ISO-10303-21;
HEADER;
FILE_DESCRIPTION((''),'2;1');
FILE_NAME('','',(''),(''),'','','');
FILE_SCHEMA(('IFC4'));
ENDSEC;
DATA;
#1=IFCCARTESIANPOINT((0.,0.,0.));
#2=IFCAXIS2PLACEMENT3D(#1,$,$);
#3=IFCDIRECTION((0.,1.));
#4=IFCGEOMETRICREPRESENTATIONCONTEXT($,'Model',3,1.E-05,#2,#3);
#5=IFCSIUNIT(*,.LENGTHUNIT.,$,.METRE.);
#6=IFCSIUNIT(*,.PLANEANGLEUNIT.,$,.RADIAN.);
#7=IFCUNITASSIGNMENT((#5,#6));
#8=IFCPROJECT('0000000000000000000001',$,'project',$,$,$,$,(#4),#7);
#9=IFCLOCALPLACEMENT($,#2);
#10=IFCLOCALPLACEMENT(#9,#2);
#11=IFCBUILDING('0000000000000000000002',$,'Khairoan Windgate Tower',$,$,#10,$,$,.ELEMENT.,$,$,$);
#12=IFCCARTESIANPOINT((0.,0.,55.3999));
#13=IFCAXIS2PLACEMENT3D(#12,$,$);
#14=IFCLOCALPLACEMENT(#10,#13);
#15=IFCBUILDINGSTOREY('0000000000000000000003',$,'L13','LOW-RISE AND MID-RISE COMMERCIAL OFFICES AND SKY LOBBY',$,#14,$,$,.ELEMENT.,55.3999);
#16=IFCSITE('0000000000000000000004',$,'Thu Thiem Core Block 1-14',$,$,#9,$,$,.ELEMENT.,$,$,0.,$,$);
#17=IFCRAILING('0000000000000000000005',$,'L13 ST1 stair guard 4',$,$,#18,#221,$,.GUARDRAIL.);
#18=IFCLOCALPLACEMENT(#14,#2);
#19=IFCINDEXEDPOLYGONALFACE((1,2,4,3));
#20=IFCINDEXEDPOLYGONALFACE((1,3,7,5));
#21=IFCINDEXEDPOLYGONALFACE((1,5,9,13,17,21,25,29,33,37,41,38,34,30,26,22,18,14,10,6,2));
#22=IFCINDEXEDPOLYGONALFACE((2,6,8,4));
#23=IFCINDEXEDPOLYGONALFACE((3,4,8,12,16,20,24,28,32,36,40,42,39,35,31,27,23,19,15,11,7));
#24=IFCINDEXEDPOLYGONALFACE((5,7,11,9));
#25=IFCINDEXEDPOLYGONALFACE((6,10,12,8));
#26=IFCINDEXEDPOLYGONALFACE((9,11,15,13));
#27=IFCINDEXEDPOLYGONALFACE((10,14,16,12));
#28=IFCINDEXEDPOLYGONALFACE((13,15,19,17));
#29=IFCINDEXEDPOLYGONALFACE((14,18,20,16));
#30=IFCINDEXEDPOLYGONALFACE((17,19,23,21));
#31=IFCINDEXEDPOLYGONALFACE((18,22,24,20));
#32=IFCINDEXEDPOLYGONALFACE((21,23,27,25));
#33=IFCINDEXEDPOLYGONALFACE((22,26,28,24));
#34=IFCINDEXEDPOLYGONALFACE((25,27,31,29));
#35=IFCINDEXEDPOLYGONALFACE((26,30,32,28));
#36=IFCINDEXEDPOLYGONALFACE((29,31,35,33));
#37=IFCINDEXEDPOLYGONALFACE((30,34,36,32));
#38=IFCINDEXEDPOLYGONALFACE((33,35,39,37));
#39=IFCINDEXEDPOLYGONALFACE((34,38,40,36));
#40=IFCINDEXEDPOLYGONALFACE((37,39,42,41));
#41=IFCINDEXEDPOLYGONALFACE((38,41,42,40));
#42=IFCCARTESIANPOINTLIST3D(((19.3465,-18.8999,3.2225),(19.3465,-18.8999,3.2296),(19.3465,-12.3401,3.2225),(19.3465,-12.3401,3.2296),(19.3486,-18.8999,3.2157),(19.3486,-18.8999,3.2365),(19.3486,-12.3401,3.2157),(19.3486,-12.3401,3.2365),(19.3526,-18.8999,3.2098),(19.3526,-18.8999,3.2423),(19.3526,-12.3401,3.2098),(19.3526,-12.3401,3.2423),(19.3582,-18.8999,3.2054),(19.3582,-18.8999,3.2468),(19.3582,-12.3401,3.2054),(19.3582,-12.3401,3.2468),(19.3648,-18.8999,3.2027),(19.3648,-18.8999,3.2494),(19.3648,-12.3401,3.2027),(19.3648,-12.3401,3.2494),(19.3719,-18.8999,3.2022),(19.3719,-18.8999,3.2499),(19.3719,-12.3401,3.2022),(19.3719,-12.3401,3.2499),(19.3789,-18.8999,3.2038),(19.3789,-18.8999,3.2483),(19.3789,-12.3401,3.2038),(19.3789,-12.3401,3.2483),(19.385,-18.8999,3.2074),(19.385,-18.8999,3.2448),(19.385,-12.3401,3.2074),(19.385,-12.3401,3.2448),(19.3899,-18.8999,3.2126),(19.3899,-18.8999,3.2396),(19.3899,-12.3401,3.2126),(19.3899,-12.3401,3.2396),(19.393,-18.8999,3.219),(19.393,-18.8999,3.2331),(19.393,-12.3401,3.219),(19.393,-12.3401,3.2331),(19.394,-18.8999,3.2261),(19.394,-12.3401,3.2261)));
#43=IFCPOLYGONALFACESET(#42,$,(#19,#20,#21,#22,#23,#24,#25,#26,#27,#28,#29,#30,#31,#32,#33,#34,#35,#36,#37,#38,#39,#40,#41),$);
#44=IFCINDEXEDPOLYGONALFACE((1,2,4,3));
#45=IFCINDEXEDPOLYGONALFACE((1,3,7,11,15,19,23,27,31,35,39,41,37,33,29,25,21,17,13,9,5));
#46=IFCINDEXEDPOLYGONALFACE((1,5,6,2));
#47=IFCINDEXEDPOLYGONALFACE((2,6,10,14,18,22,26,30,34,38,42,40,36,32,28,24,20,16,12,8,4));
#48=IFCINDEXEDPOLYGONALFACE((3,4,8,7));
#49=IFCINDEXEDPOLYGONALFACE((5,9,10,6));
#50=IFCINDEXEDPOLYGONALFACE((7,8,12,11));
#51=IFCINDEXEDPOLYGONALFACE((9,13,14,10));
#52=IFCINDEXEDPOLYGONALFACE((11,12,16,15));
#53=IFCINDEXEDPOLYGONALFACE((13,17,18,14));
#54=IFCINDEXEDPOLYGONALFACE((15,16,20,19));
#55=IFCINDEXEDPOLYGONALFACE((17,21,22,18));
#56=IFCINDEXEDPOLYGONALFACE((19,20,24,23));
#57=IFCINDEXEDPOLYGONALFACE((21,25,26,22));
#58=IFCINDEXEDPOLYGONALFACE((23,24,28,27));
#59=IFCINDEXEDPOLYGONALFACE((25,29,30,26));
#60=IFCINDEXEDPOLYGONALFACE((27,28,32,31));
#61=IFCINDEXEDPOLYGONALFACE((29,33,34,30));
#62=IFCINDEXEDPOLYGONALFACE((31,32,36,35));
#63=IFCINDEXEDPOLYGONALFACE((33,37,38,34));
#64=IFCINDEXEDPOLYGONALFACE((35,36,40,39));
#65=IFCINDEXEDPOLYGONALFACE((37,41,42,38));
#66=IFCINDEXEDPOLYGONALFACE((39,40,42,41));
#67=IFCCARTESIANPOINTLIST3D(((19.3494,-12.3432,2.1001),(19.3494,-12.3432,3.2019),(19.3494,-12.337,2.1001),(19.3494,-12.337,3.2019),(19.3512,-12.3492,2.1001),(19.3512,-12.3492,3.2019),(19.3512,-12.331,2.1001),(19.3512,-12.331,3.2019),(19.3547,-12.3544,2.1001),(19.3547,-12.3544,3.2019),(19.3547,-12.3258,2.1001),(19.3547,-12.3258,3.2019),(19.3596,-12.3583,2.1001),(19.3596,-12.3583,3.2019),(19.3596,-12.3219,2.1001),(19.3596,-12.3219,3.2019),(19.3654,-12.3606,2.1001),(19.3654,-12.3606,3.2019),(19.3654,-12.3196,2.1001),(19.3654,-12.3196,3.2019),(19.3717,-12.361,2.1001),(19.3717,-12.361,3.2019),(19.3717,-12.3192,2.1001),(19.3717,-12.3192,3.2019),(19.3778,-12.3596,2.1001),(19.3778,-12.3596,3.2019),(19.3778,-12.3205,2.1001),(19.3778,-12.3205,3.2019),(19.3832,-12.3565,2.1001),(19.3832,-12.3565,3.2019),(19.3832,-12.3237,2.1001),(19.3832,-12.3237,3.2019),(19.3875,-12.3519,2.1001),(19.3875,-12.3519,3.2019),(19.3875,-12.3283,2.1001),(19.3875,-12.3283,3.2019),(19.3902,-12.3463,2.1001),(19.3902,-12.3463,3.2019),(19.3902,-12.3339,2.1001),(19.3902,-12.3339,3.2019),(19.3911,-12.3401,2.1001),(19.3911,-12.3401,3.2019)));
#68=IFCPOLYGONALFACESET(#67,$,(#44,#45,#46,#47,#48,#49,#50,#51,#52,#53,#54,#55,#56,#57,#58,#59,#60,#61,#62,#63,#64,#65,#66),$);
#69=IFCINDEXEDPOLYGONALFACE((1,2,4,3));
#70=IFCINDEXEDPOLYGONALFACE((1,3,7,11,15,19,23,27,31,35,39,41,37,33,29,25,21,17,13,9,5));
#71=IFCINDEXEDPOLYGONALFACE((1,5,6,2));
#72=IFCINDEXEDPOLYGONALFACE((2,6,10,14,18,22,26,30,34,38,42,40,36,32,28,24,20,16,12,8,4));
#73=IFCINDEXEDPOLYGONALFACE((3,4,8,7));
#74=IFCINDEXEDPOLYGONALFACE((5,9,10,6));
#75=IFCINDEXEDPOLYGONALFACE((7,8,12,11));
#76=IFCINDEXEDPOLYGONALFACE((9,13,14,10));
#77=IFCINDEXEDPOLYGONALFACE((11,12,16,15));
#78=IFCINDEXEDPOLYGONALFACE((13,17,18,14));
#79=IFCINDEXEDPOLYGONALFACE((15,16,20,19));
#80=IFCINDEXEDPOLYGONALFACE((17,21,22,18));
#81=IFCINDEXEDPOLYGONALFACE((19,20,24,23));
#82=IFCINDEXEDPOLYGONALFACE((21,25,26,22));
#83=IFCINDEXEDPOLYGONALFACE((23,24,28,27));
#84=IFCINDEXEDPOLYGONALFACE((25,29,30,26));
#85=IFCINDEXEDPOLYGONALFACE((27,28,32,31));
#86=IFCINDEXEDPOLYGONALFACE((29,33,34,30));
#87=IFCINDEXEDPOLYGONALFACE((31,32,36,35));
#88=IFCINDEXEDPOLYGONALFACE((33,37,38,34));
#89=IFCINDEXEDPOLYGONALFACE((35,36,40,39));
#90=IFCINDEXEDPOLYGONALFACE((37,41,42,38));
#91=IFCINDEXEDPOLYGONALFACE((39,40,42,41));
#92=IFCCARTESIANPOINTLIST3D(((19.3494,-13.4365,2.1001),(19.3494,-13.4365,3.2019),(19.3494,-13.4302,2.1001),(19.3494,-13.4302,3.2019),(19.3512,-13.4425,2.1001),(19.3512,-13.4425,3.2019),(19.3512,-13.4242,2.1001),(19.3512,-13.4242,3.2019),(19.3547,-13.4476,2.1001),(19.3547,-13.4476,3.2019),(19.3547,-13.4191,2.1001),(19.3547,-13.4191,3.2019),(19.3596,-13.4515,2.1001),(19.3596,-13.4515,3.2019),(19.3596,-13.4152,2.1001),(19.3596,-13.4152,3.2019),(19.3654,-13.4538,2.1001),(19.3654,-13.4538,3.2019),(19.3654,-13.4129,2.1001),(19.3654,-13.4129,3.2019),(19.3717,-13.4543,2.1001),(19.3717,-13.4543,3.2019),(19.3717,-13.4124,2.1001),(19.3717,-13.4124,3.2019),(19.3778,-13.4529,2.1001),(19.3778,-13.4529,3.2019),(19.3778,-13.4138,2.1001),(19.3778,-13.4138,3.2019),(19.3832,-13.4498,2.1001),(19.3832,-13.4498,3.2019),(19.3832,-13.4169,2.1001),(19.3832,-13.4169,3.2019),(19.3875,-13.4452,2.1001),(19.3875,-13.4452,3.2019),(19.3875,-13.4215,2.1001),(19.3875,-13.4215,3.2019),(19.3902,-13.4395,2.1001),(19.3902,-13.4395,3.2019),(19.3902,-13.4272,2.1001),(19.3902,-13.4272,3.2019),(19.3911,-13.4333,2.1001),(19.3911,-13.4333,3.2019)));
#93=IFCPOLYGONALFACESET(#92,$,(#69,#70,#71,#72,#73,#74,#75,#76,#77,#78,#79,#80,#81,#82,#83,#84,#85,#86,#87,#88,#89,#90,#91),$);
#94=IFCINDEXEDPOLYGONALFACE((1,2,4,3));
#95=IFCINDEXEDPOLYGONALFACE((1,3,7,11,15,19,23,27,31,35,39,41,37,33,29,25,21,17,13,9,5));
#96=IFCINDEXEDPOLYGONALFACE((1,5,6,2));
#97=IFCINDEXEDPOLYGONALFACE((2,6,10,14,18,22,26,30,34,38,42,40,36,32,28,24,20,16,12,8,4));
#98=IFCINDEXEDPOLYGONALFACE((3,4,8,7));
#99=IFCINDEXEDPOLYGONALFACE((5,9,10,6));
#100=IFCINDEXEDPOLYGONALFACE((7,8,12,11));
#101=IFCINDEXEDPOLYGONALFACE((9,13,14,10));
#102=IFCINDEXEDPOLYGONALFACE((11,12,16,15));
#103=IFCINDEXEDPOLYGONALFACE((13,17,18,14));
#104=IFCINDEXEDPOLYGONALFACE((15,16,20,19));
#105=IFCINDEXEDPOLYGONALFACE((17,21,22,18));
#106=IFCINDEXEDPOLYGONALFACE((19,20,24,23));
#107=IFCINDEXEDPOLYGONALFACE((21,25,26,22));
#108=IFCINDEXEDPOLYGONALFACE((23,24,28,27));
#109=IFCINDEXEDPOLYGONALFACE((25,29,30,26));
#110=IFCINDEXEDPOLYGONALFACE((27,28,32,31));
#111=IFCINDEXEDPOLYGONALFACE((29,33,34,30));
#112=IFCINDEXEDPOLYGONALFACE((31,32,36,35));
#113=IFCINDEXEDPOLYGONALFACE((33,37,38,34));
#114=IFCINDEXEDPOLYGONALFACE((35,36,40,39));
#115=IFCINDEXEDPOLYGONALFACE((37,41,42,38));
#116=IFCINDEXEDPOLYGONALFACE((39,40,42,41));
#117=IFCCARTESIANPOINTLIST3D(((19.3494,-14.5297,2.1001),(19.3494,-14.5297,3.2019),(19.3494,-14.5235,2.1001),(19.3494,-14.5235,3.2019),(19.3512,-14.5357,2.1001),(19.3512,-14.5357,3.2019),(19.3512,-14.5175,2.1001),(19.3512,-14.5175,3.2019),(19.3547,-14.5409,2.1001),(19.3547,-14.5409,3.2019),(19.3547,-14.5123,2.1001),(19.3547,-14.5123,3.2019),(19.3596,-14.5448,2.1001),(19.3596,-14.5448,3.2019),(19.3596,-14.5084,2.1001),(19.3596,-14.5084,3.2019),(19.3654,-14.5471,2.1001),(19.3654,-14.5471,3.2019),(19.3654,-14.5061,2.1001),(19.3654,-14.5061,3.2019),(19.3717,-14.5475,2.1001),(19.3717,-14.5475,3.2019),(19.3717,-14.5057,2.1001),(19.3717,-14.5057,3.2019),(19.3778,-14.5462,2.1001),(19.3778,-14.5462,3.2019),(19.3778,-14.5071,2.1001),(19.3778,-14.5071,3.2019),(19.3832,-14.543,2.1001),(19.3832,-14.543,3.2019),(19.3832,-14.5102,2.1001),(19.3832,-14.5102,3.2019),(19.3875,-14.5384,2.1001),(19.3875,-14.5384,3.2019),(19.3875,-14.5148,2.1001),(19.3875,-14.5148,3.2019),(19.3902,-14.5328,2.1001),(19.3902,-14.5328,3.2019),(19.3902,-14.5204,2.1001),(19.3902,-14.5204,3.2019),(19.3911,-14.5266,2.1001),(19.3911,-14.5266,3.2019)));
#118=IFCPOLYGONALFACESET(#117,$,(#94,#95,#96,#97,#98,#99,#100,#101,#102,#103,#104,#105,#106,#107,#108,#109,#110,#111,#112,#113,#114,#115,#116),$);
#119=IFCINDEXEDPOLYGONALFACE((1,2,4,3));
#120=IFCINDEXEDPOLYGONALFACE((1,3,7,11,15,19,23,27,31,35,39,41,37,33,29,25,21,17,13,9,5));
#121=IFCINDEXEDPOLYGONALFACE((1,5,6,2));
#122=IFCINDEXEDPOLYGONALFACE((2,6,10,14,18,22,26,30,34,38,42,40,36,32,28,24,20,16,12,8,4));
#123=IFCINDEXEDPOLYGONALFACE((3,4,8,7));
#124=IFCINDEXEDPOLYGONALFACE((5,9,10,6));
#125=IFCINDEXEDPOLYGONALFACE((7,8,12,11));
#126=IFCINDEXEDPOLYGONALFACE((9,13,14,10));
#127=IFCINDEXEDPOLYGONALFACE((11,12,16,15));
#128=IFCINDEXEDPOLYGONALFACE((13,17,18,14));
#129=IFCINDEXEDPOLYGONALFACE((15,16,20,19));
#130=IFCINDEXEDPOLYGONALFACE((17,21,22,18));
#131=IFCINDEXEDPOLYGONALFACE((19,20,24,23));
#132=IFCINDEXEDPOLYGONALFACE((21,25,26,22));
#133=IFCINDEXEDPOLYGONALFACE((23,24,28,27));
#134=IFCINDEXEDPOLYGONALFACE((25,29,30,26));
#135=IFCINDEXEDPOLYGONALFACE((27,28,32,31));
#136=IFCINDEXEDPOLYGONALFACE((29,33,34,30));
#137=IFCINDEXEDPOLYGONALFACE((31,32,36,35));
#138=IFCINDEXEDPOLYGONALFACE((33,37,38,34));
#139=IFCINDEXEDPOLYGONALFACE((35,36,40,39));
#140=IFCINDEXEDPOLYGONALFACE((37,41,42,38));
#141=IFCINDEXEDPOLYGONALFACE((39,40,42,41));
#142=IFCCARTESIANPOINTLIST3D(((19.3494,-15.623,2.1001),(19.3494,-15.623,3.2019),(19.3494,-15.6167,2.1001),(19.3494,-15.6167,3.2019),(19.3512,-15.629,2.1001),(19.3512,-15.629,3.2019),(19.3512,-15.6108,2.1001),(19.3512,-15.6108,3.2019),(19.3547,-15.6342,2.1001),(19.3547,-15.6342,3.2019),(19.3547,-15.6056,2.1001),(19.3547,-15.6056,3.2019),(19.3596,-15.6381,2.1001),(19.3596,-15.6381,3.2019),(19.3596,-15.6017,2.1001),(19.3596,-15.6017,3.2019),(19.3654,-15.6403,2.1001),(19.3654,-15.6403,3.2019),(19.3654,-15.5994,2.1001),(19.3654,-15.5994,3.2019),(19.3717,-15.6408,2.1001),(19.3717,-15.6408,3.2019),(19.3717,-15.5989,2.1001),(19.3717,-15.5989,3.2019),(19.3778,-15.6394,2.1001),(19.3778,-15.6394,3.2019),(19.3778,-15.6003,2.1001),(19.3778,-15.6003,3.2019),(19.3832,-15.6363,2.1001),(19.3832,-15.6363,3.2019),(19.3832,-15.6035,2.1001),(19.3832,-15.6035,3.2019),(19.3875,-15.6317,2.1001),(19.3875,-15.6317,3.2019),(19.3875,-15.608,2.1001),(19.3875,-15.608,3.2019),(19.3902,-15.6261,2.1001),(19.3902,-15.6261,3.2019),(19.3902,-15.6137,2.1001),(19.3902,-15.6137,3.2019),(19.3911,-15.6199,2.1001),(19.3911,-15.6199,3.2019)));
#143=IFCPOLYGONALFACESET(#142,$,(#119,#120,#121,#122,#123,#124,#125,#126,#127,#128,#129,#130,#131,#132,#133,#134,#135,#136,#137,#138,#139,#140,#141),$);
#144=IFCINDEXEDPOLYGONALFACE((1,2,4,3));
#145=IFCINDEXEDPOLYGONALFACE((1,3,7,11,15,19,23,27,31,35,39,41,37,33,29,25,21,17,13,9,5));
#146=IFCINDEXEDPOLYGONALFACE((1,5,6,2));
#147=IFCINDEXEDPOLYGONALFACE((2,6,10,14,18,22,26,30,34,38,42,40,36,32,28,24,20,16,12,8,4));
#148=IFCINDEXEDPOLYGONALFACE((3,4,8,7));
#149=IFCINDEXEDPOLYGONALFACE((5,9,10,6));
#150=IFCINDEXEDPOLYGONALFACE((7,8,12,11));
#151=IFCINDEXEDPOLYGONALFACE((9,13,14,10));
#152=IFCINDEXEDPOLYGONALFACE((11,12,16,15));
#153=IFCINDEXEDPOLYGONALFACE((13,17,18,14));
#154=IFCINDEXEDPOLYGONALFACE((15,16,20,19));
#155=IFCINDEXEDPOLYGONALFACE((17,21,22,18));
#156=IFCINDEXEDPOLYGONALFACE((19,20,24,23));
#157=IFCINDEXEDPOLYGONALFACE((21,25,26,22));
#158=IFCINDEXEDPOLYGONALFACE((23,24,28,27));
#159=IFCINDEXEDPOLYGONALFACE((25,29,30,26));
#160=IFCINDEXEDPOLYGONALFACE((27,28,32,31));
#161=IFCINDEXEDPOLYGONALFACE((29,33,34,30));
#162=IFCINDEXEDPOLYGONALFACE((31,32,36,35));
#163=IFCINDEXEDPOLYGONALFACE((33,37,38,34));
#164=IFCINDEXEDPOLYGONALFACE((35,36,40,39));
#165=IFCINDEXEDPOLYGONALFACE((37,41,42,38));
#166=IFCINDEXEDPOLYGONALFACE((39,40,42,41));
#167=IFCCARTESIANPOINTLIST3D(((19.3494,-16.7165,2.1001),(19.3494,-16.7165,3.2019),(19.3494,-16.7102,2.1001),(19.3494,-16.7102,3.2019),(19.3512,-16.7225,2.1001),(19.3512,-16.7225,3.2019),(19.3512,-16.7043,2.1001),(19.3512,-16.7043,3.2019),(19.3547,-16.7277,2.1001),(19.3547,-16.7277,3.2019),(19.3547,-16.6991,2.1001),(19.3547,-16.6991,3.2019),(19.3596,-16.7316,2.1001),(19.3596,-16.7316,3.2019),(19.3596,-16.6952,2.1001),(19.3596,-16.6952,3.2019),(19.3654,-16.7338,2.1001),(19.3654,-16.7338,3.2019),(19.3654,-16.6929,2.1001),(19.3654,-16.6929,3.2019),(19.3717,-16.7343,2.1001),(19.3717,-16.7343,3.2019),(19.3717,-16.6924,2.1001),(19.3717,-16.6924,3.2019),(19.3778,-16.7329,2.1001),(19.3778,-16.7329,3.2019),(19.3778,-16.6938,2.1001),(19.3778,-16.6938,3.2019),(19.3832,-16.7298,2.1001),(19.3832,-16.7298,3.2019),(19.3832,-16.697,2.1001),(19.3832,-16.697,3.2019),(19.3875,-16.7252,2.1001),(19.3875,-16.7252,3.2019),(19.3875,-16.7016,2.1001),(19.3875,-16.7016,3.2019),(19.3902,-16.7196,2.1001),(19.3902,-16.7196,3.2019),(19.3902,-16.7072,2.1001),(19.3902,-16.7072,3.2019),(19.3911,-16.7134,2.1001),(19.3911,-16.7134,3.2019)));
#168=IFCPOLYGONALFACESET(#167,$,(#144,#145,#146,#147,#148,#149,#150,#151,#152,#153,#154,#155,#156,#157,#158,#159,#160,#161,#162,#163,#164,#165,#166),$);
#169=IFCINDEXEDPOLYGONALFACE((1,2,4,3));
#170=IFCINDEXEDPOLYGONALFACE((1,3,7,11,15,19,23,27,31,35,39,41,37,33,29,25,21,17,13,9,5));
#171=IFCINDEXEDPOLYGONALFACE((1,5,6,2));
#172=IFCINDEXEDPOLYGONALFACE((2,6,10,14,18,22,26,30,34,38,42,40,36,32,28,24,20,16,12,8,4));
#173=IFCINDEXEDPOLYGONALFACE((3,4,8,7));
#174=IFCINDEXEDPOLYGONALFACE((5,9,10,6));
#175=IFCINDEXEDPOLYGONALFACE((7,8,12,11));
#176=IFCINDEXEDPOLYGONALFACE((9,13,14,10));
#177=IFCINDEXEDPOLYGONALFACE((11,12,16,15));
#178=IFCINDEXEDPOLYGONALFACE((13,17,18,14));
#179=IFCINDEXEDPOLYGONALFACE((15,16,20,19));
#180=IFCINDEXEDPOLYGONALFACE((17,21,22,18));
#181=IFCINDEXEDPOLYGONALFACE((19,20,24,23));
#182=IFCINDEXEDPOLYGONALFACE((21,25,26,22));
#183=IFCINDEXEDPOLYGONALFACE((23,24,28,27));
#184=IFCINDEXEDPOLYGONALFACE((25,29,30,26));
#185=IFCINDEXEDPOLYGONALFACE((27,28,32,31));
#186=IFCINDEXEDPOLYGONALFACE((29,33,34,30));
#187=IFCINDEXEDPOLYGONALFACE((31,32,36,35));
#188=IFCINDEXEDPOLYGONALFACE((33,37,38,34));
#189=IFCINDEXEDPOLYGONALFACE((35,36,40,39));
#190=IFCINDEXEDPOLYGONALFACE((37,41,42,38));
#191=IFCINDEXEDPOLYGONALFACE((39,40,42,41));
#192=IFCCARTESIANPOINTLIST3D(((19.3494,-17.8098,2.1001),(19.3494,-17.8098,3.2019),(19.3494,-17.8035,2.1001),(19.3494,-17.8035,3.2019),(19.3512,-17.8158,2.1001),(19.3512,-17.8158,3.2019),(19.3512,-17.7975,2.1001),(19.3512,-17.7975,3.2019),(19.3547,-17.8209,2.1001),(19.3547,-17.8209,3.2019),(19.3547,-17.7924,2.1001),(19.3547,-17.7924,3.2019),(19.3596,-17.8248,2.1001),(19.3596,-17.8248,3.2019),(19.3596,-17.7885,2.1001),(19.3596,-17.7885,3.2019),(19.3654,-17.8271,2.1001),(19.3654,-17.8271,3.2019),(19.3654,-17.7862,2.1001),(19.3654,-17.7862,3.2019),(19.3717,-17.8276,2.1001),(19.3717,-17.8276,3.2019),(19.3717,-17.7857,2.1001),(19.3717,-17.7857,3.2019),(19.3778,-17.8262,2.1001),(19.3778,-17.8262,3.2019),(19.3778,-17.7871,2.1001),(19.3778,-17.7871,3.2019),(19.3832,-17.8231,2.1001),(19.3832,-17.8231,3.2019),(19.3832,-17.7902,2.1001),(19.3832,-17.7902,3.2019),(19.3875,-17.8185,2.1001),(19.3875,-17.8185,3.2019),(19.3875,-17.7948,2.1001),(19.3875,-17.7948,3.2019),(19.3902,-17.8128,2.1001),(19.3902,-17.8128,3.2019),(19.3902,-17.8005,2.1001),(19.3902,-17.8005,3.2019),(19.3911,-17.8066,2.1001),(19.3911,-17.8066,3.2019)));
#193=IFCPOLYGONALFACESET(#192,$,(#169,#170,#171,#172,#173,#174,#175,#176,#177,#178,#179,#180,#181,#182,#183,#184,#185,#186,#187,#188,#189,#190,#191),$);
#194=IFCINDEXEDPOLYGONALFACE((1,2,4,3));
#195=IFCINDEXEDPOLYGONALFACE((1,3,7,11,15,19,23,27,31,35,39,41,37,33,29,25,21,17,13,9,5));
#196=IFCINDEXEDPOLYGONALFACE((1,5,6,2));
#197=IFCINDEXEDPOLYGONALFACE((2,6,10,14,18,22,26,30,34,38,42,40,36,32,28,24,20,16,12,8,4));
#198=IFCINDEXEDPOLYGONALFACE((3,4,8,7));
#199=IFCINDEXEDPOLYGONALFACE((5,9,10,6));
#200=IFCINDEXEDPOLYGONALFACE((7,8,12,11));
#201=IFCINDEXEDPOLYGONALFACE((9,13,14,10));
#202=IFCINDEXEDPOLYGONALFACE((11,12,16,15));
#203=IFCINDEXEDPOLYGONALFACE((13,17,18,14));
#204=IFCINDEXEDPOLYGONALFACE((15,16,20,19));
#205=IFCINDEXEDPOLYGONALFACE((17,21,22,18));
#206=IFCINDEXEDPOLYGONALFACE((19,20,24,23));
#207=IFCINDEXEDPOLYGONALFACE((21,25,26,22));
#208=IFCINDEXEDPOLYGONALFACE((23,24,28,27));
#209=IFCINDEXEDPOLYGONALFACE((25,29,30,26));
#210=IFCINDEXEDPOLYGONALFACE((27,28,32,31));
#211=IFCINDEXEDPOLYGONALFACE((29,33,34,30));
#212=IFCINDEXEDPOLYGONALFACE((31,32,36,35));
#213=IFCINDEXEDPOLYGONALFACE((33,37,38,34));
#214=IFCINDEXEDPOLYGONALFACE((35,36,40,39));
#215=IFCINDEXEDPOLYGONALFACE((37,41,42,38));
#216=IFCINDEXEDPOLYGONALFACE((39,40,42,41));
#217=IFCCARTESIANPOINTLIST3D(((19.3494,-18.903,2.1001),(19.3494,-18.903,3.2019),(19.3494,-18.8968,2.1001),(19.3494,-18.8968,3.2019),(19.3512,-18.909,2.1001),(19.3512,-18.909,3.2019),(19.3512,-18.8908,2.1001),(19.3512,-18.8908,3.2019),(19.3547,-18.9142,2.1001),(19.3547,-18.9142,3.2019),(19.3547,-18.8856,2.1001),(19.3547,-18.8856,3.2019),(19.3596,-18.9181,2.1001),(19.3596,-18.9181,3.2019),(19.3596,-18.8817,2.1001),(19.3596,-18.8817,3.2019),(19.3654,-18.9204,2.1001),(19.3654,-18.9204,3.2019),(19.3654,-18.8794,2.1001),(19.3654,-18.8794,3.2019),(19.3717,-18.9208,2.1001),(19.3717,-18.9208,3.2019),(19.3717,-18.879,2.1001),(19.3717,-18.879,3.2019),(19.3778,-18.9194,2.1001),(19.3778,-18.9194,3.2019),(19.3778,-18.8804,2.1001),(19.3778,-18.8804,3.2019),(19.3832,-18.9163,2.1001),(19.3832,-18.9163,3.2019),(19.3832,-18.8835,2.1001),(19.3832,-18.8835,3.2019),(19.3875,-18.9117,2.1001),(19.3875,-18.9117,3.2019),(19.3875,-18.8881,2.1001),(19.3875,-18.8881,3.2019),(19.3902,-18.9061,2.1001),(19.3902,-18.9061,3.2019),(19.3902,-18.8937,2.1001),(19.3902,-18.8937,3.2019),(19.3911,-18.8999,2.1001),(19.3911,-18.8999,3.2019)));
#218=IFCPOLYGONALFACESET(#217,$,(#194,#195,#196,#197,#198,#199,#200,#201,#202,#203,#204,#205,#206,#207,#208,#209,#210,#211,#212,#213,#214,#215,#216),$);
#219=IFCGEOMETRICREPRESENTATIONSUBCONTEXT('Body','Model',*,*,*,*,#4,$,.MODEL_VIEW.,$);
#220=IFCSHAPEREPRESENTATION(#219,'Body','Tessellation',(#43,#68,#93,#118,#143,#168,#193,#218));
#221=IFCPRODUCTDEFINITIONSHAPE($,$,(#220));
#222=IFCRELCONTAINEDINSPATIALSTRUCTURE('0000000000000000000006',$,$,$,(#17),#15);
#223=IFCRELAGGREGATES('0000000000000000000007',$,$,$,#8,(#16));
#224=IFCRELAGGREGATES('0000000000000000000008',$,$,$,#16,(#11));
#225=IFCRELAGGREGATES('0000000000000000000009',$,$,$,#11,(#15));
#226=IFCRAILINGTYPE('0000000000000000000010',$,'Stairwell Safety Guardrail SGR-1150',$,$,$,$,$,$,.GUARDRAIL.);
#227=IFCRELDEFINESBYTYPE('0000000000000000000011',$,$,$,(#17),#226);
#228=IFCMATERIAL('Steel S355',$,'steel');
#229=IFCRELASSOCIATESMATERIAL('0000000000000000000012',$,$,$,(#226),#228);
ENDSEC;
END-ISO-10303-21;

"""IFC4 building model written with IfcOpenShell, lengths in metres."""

from ifc_helpers import new_model, si_unit, direction, frame, origin, origin_2d, place, context, subcontext, project, spatial, circle, extrude, material, type_object, element, save


model = new_model("IFC4")

# Units and contexts
model_context = context("Model", 3, precision=1e-05, world=origin(), true_north=direction((0.0, 1.0)))
body_context = subcontext(model_context, "Body", "Model", "MODEL_VIEW")
ifc_project = project(units=[si_unit("LENGTHUNIT", "METRE"), si_unit("PLANEANGLEUNIT", "RADIAN")], contexts=[model_context])

# Site, building, storey
site_placement = place(None, origin())
site = spatial("IfcSite", under=ifc_project, at=site_placement, Name="Thu Thiem Core Block 1-14", CompositionType="ELEMENT", RefElevation=0.0)
building_placement = place(site_placement, origin())
building = spatial("IfcBuilding", under=site, at=building_placement, Name="Khairoan Windgate Tower", CompositionType="ELEMENT")
storey_placement = place(building_placement, frame((0.0, 0.0, 55.3999)))
storey = spatial("IfcBuildingStorey", under=building, at=storey_placement, Name="L13", Description="LOW-RISE AND MID-RISE COMMERCIAL OFFICES AND SKY LOBBY", CompositionType="ELEMENT", Elevation=55.3999)

# Railing
ifc_material_1 = material(Name="Steel S355", Category="steel")
railing_type_1 = type_object("IfcRailingType", Name="Stairwell Safety Guardrail SGR-1150", PredefinedType="GUARDRAIL", material=ifc_material_1)
railing_1_placement = place(storey_placement, frame((19.3701, -12.3401, 2.1001)))
element("IfcRailing", 1, at=railing_1_placement, inside=storey, type_object=railing_type_1, Name="L13 ST1 stair guard 4", PredefinedType="GUARDRAIL", context=body_context, shape_type="SweptSolid", body=[
    extrude(circle(Radius=0.0239, at=origin_2d()), frame((0.0, 0.0, 1.126), z_axis=(0.0, -1.0, 0.0), x_axis=(1.0, 0.0, 0.0)), (0.0, 0.0, 1.0), 6.5598),
    extrude(circle(Radius=0.021, at=origin_2d()), origin(), (0.0, 0.0, 1.0), 1.1018),
    extrude(circle(Radius=0.021, at=origin_2d()), frame((0.0, -1.0933, 0.0)), (0.0, 0.0, 1.0), 1.1018),
    extrude(circle(Radius=0.021, at=origin_2d()), frame((0.0, -2.1865, 0.0)), (0.0, 0.0, 1.0), 1.1018),
    extrude(circle(Radius=0.021, at=origin_2d()), frame((0.0, -3.2798, 0.0)), (0.0, 0.0, 1.0), 1.1018),
    extrude(circle(Radius=0.021, at=origin_2d()), frame((0.0, -4.3733, 0.0)), (0.0, 0.0, 1.0), 1.1018),
    extrude(circle(Radius=0.021, at=origin_2d()), frame((0.0, -5.4666, 0.0)), (0.0, 0.0, 1.0), 1.1018),
    extrude(circle(Radius=0.021, at=origin_2d()), frame((0.0, -6.5598, 0.0)), (0.0, 0.0, 1.0), 1.1018),
])

save(model, "model.ifc")
